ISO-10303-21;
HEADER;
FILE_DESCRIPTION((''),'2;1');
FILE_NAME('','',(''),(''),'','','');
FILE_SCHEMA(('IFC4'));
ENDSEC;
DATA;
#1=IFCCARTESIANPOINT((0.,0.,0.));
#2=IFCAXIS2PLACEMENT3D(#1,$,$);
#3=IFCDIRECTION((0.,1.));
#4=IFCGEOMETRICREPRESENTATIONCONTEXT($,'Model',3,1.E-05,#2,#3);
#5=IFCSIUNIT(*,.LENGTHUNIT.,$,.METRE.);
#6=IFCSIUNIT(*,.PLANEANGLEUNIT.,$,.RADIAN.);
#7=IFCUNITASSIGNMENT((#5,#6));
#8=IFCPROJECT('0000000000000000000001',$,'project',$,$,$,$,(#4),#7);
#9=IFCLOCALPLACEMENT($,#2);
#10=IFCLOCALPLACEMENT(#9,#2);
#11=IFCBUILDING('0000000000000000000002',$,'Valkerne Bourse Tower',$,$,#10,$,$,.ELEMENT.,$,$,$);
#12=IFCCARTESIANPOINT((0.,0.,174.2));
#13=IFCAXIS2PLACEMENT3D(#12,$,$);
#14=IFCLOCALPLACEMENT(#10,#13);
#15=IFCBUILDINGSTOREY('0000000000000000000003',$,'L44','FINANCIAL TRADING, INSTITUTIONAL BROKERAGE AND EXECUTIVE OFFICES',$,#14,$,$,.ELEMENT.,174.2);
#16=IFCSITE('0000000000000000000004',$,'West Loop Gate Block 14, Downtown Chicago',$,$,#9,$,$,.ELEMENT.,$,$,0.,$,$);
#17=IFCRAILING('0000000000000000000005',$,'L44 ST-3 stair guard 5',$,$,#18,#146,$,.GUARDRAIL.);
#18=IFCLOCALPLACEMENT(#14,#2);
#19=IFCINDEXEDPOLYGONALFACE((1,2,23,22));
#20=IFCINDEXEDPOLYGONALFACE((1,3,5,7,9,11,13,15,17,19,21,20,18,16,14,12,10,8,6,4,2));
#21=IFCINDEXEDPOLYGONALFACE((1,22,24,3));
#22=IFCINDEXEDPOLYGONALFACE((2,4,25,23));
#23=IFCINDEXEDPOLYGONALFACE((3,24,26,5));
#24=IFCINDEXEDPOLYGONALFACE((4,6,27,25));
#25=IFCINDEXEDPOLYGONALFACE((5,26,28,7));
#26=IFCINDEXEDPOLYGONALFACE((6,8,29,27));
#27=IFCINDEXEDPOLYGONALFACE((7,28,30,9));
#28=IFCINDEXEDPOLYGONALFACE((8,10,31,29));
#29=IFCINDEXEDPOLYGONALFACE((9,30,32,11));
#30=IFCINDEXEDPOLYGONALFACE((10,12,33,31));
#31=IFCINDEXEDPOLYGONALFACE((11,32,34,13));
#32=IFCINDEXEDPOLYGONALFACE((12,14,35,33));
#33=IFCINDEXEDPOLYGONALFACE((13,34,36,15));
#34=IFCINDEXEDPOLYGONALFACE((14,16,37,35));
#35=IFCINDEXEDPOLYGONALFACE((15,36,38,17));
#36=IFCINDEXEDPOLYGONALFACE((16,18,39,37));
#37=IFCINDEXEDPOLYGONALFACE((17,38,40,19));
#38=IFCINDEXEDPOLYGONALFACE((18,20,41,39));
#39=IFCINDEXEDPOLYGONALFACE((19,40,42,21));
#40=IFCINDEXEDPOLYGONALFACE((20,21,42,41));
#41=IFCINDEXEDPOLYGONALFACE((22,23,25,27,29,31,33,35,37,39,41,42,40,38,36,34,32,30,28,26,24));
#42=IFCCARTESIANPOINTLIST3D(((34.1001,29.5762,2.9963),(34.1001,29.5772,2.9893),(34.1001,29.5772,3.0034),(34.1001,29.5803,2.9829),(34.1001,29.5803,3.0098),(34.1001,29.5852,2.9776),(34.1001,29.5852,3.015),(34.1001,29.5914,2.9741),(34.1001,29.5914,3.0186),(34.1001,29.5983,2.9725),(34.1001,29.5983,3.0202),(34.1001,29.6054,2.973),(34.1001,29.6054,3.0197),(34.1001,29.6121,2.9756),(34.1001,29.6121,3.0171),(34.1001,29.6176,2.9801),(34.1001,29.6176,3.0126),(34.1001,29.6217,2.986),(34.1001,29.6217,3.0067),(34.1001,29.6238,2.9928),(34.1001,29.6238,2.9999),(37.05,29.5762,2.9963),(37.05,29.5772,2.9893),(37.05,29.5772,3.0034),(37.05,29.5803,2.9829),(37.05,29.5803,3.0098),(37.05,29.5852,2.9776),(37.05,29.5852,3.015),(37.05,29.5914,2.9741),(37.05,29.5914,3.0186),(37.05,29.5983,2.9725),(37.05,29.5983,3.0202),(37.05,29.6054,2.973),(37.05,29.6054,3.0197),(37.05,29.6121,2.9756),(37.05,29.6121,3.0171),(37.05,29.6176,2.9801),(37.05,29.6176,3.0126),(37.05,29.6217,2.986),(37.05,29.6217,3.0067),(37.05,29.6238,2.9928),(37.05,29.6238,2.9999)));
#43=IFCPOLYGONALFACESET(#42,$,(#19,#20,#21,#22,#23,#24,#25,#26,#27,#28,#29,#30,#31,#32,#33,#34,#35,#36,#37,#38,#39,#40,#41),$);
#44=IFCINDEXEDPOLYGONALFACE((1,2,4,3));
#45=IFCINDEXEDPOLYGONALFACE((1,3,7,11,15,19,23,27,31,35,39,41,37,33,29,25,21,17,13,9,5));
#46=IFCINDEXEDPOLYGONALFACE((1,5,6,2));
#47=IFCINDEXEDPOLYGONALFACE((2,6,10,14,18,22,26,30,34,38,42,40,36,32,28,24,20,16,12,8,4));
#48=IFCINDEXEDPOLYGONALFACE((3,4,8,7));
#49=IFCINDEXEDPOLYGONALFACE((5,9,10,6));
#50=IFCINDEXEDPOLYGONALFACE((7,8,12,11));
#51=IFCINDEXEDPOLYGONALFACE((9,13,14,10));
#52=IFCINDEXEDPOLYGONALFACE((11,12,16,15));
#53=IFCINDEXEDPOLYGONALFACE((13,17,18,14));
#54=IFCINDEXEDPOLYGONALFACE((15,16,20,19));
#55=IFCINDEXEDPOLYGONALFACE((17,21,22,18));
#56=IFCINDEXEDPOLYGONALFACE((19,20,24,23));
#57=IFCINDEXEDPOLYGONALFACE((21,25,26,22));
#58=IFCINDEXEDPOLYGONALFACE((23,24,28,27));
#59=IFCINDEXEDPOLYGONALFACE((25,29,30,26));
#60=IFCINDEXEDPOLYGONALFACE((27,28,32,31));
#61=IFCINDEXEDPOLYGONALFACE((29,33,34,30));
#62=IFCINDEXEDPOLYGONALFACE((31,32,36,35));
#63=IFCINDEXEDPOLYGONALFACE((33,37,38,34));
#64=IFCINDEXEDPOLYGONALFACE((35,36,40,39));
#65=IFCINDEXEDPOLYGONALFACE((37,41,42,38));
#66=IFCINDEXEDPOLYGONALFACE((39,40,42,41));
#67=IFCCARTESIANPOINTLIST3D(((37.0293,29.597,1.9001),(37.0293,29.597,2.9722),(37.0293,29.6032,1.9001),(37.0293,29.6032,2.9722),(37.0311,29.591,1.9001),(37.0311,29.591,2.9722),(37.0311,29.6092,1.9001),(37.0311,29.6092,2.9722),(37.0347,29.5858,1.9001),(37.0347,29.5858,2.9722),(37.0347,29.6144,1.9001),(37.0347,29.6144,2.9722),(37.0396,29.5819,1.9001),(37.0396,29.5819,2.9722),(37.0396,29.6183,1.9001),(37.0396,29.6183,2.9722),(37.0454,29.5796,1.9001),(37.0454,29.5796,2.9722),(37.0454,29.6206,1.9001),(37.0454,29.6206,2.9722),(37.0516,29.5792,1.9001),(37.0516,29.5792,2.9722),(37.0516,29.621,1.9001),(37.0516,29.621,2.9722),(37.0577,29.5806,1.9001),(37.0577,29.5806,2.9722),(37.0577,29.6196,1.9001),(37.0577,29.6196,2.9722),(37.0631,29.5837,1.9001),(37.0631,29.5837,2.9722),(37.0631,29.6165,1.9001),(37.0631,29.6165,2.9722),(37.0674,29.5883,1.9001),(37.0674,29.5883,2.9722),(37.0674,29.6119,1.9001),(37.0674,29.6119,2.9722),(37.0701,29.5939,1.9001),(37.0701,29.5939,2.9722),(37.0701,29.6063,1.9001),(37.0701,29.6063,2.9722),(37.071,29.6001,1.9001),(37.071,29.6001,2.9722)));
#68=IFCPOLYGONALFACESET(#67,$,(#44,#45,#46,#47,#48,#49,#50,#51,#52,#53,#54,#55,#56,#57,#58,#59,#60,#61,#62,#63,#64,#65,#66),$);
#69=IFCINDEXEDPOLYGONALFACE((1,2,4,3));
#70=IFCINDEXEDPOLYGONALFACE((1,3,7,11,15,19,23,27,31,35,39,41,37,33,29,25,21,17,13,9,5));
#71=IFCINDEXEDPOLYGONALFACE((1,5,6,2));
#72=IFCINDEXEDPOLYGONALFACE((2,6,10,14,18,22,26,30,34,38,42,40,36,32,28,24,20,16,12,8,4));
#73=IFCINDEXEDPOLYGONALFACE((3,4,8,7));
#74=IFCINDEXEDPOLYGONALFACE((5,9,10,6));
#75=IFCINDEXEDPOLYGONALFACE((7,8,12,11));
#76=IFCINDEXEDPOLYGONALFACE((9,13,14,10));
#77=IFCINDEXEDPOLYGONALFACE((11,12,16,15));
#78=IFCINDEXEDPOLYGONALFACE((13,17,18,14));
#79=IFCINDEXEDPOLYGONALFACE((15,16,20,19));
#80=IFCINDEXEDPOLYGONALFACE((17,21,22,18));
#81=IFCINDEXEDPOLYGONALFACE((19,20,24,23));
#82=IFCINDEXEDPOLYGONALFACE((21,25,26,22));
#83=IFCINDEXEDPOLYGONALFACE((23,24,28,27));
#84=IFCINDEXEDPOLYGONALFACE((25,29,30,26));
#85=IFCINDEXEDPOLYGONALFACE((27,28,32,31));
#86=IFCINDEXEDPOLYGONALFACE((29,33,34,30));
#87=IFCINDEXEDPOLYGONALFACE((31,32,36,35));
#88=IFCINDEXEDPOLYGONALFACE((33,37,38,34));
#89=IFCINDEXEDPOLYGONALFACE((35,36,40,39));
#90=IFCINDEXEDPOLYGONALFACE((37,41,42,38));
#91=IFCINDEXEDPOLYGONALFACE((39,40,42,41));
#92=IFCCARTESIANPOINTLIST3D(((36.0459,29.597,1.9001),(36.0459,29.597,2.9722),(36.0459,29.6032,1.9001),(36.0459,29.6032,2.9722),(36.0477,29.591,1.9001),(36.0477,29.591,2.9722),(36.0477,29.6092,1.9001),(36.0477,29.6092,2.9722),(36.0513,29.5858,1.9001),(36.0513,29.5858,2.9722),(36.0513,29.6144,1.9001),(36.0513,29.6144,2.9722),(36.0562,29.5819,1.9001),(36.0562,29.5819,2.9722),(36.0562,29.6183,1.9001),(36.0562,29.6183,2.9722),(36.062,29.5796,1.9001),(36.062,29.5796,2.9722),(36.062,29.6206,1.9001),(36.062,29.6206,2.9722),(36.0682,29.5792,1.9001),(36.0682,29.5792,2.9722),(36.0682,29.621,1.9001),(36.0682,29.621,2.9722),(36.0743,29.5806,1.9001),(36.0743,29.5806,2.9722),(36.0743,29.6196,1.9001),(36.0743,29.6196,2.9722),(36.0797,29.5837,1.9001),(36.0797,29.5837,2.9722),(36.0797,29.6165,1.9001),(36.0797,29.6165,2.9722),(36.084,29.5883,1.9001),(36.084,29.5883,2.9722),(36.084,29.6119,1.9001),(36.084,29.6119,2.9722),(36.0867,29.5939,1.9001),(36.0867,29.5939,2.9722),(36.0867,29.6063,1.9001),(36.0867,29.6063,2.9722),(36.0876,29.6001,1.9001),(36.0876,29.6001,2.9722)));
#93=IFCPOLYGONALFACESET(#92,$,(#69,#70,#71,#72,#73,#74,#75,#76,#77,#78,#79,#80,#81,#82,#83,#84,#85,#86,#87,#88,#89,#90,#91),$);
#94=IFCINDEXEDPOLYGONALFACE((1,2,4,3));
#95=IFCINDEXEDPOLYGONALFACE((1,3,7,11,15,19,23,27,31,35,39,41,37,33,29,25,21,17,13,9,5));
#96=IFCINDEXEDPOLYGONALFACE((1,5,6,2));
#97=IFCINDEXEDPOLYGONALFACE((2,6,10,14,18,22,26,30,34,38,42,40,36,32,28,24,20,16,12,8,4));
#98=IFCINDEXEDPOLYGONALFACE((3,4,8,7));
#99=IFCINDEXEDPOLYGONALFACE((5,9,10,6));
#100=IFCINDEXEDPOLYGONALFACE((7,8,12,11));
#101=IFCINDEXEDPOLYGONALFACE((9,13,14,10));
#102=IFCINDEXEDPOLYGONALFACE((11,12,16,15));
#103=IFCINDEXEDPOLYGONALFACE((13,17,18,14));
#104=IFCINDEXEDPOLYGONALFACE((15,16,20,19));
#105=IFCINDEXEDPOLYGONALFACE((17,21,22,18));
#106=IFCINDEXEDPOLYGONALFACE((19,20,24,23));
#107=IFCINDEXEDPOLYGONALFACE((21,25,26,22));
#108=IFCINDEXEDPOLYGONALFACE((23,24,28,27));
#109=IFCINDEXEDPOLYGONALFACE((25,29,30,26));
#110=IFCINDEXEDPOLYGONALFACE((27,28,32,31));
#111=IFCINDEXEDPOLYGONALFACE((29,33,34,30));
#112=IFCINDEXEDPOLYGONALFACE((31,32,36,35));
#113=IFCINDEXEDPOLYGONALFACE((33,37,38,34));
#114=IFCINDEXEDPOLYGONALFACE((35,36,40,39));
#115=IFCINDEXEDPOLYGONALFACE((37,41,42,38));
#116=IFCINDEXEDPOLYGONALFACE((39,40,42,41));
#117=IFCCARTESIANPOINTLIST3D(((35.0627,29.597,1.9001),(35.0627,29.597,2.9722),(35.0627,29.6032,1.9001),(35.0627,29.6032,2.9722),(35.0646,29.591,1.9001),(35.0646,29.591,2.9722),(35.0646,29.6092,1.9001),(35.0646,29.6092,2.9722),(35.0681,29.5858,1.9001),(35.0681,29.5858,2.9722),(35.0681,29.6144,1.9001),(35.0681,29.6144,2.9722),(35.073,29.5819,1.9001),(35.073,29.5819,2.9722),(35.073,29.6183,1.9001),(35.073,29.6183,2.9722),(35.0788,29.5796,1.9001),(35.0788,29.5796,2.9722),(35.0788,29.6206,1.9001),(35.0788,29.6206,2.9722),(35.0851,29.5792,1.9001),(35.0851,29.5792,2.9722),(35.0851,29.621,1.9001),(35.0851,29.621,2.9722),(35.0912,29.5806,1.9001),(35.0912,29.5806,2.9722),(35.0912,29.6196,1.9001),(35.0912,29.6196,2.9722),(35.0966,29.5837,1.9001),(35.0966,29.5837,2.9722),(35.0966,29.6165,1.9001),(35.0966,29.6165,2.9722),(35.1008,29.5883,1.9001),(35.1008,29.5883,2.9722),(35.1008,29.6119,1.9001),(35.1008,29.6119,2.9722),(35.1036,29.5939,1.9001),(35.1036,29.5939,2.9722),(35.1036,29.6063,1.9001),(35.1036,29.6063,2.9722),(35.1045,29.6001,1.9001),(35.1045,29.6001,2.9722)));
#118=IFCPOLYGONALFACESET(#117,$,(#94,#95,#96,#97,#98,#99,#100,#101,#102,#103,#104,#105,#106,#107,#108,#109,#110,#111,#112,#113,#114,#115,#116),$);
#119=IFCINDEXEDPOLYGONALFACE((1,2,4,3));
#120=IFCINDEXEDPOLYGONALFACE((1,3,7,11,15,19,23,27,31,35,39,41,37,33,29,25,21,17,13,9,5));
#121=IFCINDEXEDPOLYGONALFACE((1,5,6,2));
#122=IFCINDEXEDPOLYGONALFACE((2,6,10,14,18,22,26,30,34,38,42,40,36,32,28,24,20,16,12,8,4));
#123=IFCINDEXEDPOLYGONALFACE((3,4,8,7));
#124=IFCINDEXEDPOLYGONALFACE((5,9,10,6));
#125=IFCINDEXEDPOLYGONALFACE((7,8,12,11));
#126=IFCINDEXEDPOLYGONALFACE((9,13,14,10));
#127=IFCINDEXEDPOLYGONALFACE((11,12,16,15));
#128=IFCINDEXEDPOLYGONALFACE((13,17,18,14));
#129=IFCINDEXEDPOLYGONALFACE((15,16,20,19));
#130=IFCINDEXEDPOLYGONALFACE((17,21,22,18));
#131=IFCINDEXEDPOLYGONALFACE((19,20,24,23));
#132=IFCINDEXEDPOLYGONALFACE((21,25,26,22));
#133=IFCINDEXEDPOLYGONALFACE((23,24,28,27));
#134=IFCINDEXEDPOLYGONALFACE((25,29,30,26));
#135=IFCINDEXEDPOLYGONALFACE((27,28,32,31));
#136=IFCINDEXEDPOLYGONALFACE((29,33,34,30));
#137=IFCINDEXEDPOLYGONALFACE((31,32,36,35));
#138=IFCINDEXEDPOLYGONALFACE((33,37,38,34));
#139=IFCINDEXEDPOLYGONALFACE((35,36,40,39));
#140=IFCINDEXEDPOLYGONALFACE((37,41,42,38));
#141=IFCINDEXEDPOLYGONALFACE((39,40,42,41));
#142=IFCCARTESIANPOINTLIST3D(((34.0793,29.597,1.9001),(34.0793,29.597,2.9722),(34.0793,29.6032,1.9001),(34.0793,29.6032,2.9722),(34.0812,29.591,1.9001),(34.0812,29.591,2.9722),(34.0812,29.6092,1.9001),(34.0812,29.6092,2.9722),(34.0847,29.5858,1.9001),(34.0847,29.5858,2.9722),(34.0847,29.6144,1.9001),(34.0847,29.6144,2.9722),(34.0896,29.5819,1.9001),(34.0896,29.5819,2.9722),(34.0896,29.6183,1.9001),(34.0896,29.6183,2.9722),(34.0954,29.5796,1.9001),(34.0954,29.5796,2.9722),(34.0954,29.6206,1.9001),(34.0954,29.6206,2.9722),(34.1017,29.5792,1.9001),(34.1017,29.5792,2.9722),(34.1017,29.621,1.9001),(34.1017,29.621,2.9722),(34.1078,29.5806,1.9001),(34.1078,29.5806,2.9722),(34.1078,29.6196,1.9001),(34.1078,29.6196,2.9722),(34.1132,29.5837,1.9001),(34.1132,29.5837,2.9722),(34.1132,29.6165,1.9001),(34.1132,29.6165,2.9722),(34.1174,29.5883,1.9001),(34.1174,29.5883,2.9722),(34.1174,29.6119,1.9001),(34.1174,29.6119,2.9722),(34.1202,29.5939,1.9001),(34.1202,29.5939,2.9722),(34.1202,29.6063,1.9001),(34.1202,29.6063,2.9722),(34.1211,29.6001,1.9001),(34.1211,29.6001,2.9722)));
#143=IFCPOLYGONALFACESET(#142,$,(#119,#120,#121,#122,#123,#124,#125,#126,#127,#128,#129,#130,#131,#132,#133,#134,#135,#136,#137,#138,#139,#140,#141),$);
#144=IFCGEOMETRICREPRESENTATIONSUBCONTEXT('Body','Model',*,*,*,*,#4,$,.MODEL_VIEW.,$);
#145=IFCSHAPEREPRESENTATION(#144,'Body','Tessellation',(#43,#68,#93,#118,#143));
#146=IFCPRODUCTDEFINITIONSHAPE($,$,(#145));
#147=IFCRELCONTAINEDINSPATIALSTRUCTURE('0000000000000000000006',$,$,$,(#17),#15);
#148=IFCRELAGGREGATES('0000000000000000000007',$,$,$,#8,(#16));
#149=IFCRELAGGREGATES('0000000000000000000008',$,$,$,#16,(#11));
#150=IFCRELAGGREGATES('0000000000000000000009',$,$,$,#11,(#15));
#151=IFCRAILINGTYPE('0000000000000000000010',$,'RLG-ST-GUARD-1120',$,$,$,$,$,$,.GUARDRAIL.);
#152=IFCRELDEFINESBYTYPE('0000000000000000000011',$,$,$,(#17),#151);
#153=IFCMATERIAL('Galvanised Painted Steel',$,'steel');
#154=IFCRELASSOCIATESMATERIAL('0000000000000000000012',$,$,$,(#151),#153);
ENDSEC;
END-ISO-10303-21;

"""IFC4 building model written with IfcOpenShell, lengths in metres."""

from ifc_helpers import new_model, si_unit, direction, frame, origin, origin_2d, place, context, subcontext, project, spatial, circle, extrude, material, type_object, element, save


model = new_model("IFC4")

# Units and contexts
model_context = context("Model", 3, precision=1e-05, world=origin(), true_north=direction((0.0, 1.0)))
body_context = subcontext(model_context, "Body", "Model", "MODEL_VIEW")
ifc_project = project(units=[si_unit("LENGTHUNIT", "METRE"), si_unit("PLANEANGLEUNIT", "RADIAN")], contexts=[model_context])

# Site, building, storey
site_placement = place(None, origin())
site = spatial("IfcSite", under=ifc_project, at=site_placement, Name="West Loop Gate Block 14, Downtown Chicago", CompositionType="ELEMENT", RefElevation=0.0)
building_placement = place(site_placement, origin())
building = spatial("IfcBuilding", under=site, at=building_placement, Name="Valkerne Bourse Tower", CompositionType="ELEMENT")
storey_placement = place(building_placement, frame((0.0, 0.0, 174.2)))
storey = spatial("IfcBuildingStorey", under=building, at=storey_placement, Name="L44", Description="FINANCIAL TRADING, INSTITUTIONAL BROKERAGE AND EXECUTIVE OFFICES", CompositionType="ELEMENT", Elevation=174.2)

# Railing
ifc_material_1 = material(Name="Galvanised Painted Steel", Category="steel")
railing_type_1 = type_object("IfcRailingType", Name="RLG-ST-GUARD-1120", PredefinedType="GUARDRAIL", material=ifc_material_1)
railing_1_placement = place(storey_placement, frame((37.05, 29.6001, 1.9001)))
element("IfcRailing", 1, at=railing_1_placement, inside=storey, type_object=railing_type_1, Name="L44 ST-3 stair guard 5", PredefinedType="GUARDRAIL", context=body_context, shape_type="SweptSolid", body=[
    extrude(circle(Radius=0.0239, at=origin_2d()), frame((0.0, 0.0, 1.0962), z_axis=(-1.0, 0.0, 0.0), x_axis=(0.0, -1.0, 0.0)), (0.0, 0.0, 1.0), 2.95),
    extrude(circle(Radius=0.021, at=origin_2d()), origin(), (0.0, 0.0, 1.0), 1.072),
    extrude(circle(Radius=0.021, at=origin_2d()), frame((-0.9834, 0.0, 0.0)), (0.0, 0.0, 1.0), 1.072),
    extrude(circle(Radius=0.021, at=origin_2d()), frame((-1.9666, 0.0, 0.0)), (0.0, 0.0, 1.0), 1.072),
    extrude(circle(Radius=0.021, at=origin_2d()), frame((-2.95, 0.0, 0.0)), (0.0, 0.0, 1.0), 1.072),
])

save(model, "model.ifc")
